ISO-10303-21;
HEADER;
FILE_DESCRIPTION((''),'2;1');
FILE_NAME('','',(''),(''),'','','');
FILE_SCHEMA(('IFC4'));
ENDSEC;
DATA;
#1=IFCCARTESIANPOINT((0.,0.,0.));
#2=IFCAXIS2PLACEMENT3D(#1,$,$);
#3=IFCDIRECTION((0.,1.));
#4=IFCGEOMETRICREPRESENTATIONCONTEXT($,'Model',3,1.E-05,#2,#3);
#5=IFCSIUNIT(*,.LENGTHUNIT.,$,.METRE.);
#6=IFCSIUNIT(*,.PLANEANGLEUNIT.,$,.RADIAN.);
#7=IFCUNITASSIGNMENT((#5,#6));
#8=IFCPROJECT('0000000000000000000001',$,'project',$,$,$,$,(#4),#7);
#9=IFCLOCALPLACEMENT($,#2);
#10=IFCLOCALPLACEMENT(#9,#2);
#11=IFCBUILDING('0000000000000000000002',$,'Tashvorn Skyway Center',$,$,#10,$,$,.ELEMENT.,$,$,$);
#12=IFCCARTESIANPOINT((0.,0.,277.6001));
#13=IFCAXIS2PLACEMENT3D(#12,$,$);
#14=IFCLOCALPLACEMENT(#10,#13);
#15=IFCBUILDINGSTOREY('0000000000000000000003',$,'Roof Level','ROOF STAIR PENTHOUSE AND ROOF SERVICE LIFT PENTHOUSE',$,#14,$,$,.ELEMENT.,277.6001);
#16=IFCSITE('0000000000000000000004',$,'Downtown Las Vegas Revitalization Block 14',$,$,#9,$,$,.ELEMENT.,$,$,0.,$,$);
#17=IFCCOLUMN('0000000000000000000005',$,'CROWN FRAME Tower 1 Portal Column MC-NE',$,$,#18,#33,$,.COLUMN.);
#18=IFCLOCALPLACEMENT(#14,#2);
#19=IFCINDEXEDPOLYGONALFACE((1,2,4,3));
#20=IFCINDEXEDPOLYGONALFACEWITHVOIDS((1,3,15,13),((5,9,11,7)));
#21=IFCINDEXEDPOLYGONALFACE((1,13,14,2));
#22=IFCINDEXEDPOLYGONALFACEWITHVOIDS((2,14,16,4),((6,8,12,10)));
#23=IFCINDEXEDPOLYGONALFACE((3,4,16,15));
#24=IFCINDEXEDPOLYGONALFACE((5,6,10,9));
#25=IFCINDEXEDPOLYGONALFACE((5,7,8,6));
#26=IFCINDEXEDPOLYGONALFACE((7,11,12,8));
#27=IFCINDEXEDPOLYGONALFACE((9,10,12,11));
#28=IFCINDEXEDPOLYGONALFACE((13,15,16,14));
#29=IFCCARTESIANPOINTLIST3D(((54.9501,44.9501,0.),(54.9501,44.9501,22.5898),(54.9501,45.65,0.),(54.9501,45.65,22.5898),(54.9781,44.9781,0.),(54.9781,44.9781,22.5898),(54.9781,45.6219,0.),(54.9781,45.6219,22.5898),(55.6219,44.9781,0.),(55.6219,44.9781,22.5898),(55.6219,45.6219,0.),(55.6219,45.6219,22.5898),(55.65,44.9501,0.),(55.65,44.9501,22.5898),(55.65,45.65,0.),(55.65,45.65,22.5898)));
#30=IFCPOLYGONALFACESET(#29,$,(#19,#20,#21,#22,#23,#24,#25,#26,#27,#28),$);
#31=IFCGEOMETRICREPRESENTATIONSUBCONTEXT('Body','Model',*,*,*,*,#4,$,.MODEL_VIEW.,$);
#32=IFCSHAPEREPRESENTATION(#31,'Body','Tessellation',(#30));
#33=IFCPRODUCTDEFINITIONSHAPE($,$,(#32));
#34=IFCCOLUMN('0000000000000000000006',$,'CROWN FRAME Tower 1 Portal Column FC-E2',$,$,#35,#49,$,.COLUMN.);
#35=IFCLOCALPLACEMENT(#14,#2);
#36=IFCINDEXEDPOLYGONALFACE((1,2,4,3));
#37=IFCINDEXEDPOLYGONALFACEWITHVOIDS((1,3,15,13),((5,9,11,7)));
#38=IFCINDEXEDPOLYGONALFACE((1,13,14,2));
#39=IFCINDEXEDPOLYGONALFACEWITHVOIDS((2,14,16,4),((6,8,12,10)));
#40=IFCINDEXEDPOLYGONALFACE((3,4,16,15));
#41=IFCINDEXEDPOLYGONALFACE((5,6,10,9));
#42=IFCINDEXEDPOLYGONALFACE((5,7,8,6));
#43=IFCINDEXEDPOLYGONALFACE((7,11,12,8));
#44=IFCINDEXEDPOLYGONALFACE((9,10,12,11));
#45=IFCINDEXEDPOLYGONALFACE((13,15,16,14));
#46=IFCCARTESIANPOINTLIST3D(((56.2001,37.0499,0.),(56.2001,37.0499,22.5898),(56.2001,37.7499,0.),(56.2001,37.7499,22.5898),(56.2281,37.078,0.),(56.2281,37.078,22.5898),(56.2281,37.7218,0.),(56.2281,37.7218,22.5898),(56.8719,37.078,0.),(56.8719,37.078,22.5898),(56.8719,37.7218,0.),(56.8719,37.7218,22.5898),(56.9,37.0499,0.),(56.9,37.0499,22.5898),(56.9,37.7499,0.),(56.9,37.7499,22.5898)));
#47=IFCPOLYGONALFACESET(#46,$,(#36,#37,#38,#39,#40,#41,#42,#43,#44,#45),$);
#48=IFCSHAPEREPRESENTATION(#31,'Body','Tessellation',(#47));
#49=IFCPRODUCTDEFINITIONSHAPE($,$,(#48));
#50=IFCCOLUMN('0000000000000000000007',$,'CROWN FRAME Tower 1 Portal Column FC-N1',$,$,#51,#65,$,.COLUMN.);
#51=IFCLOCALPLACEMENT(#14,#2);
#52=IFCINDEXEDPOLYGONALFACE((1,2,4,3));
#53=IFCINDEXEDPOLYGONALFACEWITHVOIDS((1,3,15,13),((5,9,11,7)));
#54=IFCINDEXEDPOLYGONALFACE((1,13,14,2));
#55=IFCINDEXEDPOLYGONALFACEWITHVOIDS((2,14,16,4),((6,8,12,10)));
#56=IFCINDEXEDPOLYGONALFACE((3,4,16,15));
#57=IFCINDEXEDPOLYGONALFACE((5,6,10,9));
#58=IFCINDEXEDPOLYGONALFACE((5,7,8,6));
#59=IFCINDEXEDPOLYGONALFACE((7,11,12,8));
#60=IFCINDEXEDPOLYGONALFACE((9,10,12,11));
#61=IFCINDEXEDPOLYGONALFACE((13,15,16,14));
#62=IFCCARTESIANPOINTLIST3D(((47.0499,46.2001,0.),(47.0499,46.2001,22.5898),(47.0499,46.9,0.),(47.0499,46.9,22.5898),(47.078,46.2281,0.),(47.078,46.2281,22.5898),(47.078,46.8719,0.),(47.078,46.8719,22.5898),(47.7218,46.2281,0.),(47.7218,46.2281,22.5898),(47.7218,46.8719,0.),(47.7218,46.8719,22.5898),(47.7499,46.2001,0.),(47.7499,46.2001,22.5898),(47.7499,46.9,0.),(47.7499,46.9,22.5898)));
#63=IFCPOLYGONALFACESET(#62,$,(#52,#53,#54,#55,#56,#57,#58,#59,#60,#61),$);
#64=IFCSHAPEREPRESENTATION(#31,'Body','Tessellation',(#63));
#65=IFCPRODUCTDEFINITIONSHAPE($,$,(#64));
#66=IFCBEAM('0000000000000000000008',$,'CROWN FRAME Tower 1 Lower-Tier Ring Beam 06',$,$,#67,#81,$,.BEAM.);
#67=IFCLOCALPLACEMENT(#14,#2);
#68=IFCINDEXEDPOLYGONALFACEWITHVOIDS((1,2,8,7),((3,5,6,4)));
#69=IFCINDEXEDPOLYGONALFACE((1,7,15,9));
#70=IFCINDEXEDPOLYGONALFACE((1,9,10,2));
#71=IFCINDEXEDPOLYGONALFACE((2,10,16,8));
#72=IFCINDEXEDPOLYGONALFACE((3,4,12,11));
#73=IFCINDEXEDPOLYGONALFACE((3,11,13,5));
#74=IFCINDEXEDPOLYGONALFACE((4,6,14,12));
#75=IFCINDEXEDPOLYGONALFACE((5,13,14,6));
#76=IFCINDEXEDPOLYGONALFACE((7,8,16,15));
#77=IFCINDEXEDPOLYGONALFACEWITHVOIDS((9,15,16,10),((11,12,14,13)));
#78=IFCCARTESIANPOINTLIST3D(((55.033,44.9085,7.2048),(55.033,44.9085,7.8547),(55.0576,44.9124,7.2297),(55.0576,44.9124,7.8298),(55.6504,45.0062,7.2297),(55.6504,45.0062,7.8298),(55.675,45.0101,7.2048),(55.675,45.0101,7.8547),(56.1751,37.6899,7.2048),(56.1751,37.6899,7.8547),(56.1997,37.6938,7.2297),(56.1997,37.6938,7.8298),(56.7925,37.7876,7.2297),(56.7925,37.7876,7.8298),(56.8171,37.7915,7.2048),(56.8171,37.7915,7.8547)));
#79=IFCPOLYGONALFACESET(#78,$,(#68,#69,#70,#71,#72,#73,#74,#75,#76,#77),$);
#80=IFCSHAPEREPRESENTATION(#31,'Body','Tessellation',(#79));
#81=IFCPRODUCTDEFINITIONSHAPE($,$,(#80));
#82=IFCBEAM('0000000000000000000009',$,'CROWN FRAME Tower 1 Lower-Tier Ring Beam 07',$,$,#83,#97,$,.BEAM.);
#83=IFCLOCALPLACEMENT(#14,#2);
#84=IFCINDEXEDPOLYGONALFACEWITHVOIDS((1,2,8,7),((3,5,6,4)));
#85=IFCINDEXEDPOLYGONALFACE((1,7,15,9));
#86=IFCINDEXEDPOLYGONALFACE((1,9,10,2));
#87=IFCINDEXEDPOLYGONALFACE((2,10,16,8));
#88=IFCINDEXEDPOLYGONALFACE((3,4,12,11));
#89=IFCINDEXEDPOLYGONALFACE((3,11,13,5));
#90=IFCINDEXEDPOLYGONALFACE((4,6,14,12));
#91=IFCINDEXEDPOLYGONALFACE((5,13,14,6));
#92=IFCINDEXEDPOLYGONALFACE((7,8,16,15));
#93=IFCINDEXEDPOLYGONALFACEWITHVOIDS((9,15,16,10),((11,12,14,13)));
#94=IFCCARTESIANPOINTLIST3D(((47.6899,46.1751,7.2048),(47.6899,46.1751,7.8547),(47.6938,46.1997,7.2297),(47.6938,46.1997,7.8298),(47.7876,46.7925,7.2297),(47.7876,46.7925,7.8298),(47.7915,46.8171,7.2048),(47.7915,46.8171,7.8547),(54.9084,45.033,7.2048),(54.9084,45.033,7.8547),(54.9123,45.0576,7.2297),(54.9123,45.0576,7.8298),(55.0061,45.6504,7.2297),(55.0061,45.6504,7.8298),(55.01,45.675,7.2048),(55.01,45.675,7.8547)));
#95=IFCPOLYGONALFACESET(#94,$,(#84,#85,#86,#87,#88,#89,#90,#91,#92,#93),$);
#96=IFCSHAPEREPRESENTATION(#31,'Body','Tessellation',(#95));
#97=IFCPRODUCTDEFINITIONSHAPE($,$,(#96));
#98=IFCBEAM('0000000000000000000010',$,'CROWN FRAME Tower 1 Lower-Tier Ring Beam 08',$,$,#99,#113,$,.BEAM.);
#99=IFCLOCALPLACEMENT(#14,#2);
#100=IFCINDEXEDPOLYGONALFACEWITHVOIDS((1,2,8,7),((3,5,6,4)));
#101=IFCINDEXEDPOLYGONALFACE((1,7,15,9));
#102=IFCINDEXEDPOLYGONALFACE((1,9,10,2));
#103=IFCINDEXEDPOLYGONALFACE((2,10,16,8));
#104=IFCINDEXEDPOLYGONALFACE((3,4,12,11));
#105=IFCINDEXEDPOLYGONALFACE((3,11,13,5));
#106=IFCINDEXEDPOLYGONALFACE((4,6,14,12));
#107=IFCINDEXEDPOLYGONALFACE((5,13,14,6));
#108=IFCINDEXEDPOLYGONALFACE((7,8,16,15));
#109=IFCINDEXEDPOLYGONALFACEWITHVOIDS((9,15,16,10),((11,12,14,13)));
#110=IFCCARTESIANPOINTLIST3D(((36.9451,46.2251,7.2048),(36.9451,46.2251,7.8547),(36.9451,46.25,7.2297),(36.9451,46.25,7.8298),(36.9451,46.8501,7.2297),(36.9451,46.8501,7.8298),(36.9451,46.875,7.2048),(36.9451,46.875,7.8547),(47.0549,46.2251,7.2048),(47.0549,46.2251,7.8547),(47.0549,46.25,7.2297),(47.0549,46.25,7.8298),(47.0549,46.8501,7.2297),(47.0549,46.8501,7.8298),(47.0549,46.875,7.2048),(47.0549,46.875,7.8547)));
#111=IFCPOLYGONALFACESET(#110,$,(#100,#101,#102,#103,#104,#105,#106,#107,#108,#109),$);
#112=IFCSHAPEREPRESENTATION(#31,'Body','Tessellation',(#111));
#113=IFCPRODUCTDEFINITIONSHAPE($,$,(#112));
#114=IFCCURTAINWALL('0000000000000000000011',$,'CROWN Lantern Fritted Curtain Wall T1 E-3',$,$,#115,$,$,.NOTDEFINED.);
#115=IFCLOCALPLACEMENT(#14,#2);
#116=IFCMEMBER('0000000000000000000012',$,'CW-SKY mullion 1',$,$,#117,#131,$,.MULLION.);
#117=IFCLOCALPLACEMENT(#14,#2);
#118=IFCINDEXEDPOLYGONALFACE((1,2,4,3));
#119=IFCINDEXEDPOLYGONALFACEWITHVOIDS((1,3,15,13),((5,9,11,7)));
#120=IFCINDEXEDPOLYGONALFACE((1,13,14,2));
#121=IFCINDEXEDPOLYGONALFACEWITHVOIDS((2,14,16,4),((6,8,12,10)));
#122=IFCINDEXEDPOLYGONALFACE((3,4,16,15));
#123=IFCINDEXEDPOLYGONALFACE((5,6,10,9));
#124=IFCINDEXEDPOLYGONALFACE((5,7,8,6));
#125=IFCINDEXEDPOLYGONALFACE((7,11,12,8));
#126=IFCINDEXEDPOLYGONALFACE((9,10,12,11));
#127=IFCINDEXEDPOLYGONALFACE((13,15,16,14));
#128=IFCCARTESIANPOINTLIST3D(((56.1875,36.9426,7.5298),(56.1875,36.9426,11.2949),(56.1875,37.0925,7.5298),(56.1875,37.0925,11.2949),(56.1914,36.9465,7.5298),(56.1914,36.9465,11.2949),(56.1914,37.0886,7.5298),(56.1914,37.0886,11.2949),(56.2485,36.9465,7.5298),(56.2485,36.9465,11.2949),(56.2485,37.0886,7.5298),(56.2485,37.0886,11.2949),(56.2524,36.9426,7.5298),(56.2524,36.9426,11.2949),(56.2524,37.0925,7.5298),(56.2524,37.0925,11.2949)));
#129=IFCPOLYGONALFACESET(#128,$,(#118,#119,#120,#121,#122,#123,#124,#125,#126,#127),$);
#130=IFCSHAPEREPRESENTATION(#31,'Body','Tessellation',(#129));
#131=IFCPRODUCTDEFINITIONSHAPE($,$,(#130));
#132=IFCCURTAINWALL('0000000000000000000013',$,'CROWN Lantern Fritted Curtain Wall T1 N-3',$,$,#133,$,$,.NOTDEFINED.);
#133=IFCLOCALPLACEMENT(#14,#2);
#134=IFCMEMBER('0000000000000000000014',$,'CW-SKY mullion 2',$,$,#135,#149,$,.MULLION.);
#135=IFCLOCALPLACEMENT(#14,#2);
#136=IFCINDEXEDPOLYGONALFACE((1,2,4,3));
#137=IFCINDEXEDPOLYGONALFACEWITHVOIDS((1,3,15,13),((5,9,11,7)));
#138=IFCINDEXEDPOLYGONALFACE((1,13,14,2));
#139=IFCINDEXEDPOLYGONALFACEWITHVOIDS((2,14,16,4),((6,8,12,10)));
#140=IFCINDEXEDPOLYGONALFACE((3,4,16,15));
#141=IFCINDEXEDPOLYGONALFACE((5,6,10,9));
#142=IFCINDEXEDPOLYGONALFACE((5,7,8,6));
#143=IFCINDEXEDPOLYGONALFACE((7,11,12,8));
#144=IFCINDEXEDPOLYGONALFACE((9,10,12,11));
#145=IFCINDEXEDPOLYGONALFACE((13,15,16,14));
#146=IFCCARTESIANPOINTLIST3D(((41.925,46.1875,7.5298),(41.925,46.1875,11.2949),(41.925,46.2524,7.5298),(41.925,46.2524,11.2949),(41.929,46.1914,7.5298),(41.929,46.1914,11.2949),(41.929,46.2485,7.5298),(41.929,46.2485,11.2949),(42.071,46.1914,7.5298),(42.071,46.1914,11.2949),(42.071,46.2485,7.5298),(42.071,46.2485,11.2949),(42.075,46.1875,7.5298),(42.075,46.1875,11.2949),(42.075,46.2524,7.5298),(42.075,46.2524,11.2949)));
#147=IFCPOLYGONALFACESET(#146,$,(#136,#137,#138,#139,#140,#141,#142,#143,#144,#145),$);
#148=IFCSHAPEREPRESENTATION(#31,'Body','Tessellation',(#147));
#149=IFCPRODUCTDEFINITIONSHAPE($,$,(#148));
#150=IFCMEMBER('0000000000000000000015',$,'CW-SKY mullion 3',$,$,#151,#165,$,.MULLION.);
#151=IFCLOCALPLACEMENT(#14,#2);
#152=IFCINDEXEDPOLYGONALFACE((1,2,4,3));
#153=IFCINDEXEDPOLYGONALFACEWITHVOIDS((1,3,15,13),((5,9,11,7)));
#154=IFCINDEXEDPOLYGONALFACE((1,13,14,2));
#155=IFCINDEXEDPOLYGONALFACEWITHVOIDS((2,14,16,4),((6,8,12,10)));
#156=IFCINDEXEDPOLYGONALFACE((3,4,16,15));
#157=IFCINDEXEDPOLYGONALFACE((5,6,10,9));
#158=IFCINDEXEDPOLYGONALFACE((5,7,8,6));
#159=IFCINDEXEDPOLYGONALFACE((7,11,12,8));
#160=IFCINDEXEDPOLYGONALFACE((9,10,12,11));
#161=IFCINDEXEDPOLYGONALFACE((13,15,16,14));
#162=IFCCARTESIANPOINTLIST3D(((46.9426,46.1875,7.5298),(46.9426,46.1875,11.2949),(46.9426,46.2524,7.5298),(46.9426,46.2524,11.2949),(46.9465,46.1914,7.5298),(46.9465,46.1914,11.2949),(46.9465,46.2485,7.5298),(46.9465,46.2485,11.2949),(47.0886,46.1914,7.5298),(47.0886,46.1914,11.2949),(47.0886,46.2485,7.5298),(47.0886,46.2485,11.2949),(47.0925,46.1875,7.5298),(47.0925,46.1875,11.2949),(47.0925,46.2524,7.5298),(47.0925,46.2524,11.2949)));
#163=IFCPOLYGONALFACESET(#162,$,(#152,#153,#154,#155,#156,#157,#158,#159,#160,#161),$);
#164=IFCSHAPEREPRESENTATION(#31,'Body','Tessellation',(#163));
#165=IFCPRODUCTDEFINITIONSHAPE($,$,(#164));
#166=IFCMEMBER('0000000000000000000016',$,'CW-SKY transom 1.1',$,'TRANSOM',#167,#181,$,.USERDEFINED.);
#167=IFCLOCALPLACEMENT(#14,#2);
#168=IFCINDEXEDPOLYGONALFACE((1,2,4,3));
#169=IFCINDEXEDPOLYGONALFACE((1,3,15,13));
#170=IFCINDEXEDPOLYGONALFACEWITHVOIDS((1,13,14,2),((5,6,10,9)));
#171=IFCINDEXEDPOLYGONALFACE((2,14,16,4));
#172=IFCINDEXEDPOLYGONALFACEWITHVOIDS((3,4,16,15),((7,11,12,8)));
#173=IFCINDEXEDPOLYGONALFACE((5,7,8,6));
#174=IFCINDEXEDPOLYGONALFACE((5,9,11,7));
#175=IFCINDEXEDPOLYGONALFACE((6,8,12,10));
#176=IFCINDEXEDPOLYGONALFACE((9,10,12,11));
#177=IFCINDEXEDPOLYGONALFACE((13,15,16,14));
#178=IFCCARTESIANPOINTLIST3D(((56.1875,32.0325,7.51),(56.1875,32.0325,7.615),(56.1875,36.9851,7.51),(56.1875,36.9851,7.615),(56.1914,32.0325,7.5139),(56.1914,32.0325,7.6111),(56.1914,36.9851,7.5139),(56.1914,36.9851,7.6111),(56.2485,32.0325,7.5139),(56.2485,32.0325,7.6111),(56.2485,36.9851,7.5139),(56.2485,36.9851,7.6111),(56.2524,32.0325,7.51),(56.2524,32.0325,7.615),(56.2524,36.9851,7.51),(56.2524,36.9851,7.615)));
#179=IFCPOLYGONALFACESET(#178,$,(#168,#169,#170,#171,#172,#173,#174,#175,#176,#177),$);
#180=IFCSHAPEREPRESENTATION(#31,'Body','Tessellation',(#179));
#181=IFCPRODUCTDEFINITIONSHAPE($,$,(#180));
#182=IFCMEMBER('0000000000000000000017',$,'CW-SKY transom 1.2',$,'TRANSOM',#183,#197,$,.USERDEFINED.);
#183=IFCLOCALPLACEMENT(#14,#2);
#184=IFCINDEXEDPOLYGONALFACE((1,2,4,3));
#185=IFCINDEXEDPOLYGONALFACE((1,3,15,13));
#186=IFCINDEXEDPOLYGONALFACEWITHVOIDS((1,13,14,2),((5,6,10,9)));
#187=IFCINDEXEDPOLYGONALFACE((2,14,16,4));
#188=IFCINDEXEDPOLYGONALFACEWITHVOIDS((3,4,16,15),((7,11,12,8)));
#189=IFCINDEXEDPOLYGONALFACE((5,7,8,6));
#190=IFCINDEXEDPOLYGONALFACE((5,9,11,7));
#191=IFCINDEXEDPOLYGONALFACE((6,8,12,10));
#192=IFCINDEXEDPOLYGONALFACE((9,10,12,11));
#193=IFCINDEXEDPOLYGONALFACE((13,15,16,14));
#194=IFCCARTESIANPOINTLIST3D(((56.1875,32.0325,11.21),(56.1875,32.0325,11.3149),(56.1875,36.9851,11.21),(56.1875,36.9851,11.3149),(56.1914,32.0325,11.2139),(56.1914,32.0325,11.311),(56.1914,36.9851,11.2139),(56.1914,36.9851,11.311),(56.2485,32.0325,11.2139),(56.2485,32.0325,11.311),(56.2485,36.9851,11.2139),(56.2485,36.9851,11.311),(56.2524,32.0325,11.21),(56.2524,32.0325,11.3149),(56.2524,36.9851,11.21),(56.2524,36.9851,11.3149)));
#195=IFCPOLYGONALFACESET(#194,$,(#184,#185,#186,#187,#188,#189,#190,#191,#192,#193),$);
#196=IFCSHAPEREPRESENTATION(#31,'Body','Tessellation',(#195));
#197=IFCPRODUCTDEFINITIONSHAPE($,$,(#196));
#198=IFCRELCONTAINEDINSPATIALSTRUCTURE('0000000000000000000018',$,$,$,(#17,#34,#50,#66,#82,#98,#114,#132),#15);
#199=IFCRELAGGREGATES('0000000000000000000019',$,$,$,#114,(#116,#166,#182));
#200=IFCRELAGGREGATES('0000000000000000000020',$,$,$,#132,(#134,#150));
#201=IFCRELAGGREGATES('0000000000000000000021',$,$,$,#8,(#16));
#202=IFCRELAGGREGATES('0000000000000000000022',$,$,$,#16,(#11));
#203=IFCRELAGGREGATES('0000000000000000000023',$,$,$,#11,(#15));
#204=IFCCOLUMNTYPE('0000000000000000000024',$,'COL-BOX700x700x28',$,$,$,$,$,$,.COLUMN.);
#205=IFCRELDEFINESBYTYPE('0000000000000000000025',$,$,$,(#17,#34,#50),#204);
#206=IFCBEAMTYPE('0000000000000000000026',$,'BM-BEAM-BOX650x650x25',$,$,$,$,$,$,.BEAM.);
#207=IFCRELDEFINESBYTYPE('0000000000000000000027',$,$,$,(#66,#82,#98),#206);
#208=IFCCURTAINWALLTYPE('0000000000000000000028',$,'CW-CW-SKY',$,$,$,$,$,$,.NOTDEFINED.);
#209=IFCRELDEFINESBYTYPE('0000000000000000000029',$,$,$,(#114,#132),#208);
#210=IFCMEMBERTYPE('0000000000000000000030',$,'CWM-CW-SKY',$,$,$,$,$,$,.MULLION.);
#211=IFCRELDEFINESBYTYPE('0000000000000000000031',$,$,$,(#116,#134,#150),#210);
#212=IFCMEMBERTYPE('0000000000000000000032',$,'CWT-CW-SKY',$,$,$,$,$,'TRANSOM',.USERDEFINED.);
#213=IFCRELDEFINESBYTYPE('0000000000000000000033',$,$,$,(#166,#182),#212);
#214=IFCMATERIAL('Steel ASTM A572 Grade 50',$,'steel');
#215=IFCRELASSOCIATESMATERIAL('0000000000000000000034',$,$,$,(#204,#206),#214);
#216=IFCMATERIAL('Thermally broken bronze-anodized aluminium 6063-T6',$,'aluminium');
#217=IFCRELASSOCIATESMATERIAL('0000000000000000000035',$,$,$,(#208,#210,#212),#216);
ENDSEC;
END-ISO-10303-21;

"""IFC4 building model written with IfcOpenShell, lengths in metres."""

from ifc_helpers import new_model, si_unit, direction, frame, origin, origin_2d, place, context, subcontext, project, spatial, hollow_rectangle, extrude, material, material_profile, profile_set, type_object, element, aggregate, save


model = new_model("IFC4")

# Units and contexts
model_context = context("Model", 3, precision=1e-05, world=origin(), true_north=direction((0.0, 1.0)))
body_context = subcontext(model_context, "Body", "Model", "MODEL_VIEW")
ifc_project = project(units=[si_unit("LENGTHUNIT", "METRE"), si_unit("PLANEANGLEUNIT", "RADIAN")], contexts=[model_context])

# Site, building, storey
site_placement = place(None, origin())
site = spatial("IfcSite", under=ifc_project, at=site_placement, Name="Downtown Las Vegas Revitalization Block 14", CompositionType="ELEMENT", RefElevation=0.0)
building_placement = place(site_placement, origin())
building = spatial("IfcBuilding", under=site, at=building_placement, Name="Tashvorn Skyway Center", CompositionType="ELEMENT")
storey_placement = place(building_placement, frame((0.0, 0.0, 277.6001)))
storey = spatial("IfcBuildingStorey", under=building, at=storey_placement, Name="Roof Level", Description="ROOF STAIR PENTHOUSE AND ROOF SERVICE LIFT PENTHOUSE", CompositionType="ELEMENT", Elevation=277.6001)

# Columns
ifc_material_1 = material(Name="Steel ASTM A572 Grade 50", Category="steel")
ifc_material_profile_1 = material_profile(ifc_material_1, hollow_rectangle(XDim=0.7, YDim=0.7, WallThickness=0.0281, at=origin_2d()), Name="BOX700x700x28")
ifc_profile_set_1 = profile_set([ifc_material_profile_1], Name="Steel ASTM A572 Grade 50")
column_type = type_object("IfcColumnType", Name="COL-BOX700x700x28", PredefinedType="COLUMN", material=ifc_profile_set_1)
for number, where, z_axis, x_axis, name in (
    (1, (55.3, 45.3, 0.0), (0.0, 0.0, 1.0), (1.0, 0.0, 0.0), "CROWN FRAME Tower 1 Portal Column MC-NE"),
    (2, (56.55, 37.3999, 0.0), (0.0, 0.0, 1.0), (1.0, 0.0, 0.0), "CROWN FRAME Tower 1 Portal Column FC-E2"),
    (3, (47.3999, 46.55, 0.0), (0.0, 0.0, 1.0), (1.0, 0.0, 0.0), "CROWN FRAME Tower 1 Portal Column FC-N1"),
):
    element("IfcColumn", number, at=place(storey_placement, frame(where, z_axis=z_axis, x_axis=x_axis)), inside=storey, type_object=column_type, Name=name, PredefinedType="COLUMN", context=body_context, shape_type="SweptSolid", body=[
        extrude(hollow_rectangle(XDim=0.7, YDim=0.7, WallThickness=0.0281, at=origin_2d()), origin(), (0.0, 0.0, 1.0), 22.5898),
    ])

# Beams
ifc_material_profile_2 = material_profile(ifc_material_1, hollow_rectangle(XDim=0.6499, YDim=0.6499, WallThickness=0.0249, at=origin_2d()), Name="BOX650x650x25")
ifc_profile_set_2 = profile_set([ifc_material_profile_2], Name="Steel ASTM A572 Grade 50")
beam_type = type_object("IfcBeamType", Name="BM-BEAM-BOX650x650x25", PredefinedType="BEAM", material=ifc_profile_set_2)
for number, where, z_axis, x_axis, name in (
    (4, (56.4961, 37.7407, 7.5298), (-0.156273, 0.987714, 0.0), (-0.987714, -0.156273, 0.0), "CROWN FRAME Tower 1 Lower-Tier Ring Beam 06"),
    (5, (54.9592, 45.354, 7.5298), (-0.987714, 0.156273, 0.0), (-0.156273, -0.987714, 0.0), "CROWN FRAME Tower 1 Lower-Tier Ring Beam 07"),
):
    element("IfcBeam", number, at=place(storey_placement, frame(where, z_axis=z_axis, x_axis=x_axis)), inside=storey, type_object=beam_type, Name=name, PredefinedType="BEAM", context=body_context, shape_type="SweptSolid", body=[
        extrude(hollow_rectangle(XDim=0.6499, YDim=0.6499, WallThickness=0.0249, at=origin_2d()), origin(), (0.0, 0.0, 1.0), 7.3083),
    ])
beam_placement = place(storey_placement, frame((47.0549, 46.55, 7.5298), z_axis=(-1.0, 0.0, 0.0), x_axis=(0.0, -1.0, 0.0)))
element("IfcBeam", 6, at=beam_placement, inside=storey, type_object=beam_type, Name="CROWN FRAME Tower 1 Lower-Tier Ring Beam 08", PredefinedType="BEAM", context=body_context, shape_type="SweptSolid", body=[
    extrude(hollow_rectangle(XDim=0.6499, YDim=0.6499, WallThickness=0.0249, at=origin_2d()), origin(), (0.0, 0.0, 1.0), 10.1099),
])

# Curtain wall, member
ifc_material_2 = material(Name="Thermally broken bronze-anodized aluminium 6063-T6", Category="aluminium")
curtain_wall_type = type_object("IfcCurtainWallType", Name="CW-CW-SKY", PredefinedType="NOTDEFINED", material=ifc_material_2)
curtain_wall_1_placement = place(storey_placement, origin())
curtain_wall_1 = element("IfcCurtainWall", 7, at=curtain_wall_1_placement, inside=storey, type_object=curtain_wall_type, Name="CROWN Lantern Fritted Curtain Wall T1 E-3", PredefinedType="NOTDEFINED")
ifc_material_profile_3 = material_profile(ifc_material_2, hollow_rectangle(XDim=0.0649, YDim=0.1499, WallThickness=0.0039, at=origin_2d()), Name="ALU-MULL-65x150")
ifc_profile_set_3 = profile_set([ifc_material_profile_3], Name="Thermally broken bronze-anodized aluminium 6063-T6")
member_type_1 = type_object("IfcMemberType", Name="CWM-CW-SKY", PredefinedType="MULLION", material=ifc_profile_set_3)
member_1_placement = place(storey_placement, frame((56.22, 37.0176, 7.5298), z_axis=(0.0, 0.0, 1.0), x_axis=(1.0, 0.0, 0.0)))
member_1 = element("IfcMember", 8, at=member_1_placement, type_object=member_type_1, Name="CW-SKY mullion 1", PredefinedType="MULLION", context=body_context, shape_type="SweptSolid", body=[
    extrude(hollow_rectangle(XDim=0.0649, YDim=0.1499, WallThickness=0.0039, at=origin_2d()), origin(), (0.0, 0.0, 1.0), 3.7651),
])

# Curtain wall, members
curtain_wall_2_placement = place(storey_placement, origin())
curtain_wall_2 = element("IfcCurtainWall", 9, at=curtain_wall_2_placement, inside=storey, type_object=curtain_wall_type, Name="CROWN Lantern Fritted Curtain Wall T1 N-3", PredefinedType="NOTDEFINED")
member_2_placement = place(storey_placement, frame((42.0, 46.22, 7.5298), z_axis=(0.0, 0.0, 1.0), x_axis=(0.0, 1.0, 0.0)))
member_2 = element("IfcMember", 10, at=member_2_placement, type_object=member_type_1, Name="CW-SKY mullion 2", PredefinedType="MULLION", context=body_context, shape_type="SweptSolid", body=[
    extrude(hollow_rectangle(XDim=0.0649, YDim=0.1499, WallThickness=0.0039, at=origin_2d()), origin(), (0.0, 0.0, 1.0), 3.7651),
])
member_3_placement = place(storey_placement, frame((47.0176, 46.22, 7.5298), z_axis=(0.0, 0.0, 1.0), x_axis=(0.0, 1.0, 0.0)))
member_3 = element("IfcMember", 11, at=member_3_placement, type_object=member_type_1, Name="CW-SKY mullion 3", PredefinedType="MULLION", context=body_context, shape_type="SweptSolid", body=[
    extrude(hollow_rectangle(XDim=0.0649, YDim=0.1499, WallThickness=0.0039, at=origin_2d()), origin(), (0.0, 0.0, 1.0), 3.7651),
])

# Members
ifc_material_profile_4 = material_profile(ifc_material_2, hollow_rectangle(XDim=0.0649, YDim=0.105, WallThickness=0.0039, at=origin_2d()), Name="ALU-TRAN-65x105")
ifc_profile_set_4 = profile_set([ifc_material_profile_4], Name="Thermally broken bronze-anodized aluminium 6063-T6")
member_type_2 = type_object("IfcMemberType", Name="CWT-CW-SKY", ElementType="TRANSOM", PredefinedType="USERDEFINED", material=ifc_profile_set_4)
member_4_placement = place(storey_placement, frame((56.22, 36.9851, 7.5625), z_axis=(0.0, -1.0, 0.0), x_axis=(1.0, 0.0, 0.0)))
member_4 = element("IfcMember", 12, at=member_4_placement, type_object=member_type_2, Name="CW-SKY transom 1.1", ObjectType="TRANSOM", PredefinedType="USERDEFINED", context=body_context, shape_type="SweptSolid", body=[
    extrude(hollow_rectangle(XDim=0.0649, YDim=0.105, WallThickness=0.0039, at=origin_2d()), origin(), (0.0, 0.0, 1.0), 4.9526),
])
member_5_placement = place(storey_placement, frame((56.22, 36.9851, 11.2625), z_axis=(0.0, -1.0, 0.0), x_axis=(1.0, 0.0, 0.0)))
member_5 = element("IfcMember", 13, at=member_5_placement, type_object=member_type_2, Name="CW-SKY transom 1.2", ObjectType="TRANSOM", PredefinedType="USERDEFINED", context=body_context, shape_type="SweptSolid", body=[
    extrude(hollow_rectangle(XDim=0.0649, YDim=0.105, WallThickness=0.0039, at=origin_2d()), origin(), (0.0, 0.0, 1.0), 4.9526),
])

aggregate(curtain_wall_1, [member_1, member_4, member_5])
aggregate(curtain_wall_2, [member_2, member_3])

save(model, "model.ifc")
